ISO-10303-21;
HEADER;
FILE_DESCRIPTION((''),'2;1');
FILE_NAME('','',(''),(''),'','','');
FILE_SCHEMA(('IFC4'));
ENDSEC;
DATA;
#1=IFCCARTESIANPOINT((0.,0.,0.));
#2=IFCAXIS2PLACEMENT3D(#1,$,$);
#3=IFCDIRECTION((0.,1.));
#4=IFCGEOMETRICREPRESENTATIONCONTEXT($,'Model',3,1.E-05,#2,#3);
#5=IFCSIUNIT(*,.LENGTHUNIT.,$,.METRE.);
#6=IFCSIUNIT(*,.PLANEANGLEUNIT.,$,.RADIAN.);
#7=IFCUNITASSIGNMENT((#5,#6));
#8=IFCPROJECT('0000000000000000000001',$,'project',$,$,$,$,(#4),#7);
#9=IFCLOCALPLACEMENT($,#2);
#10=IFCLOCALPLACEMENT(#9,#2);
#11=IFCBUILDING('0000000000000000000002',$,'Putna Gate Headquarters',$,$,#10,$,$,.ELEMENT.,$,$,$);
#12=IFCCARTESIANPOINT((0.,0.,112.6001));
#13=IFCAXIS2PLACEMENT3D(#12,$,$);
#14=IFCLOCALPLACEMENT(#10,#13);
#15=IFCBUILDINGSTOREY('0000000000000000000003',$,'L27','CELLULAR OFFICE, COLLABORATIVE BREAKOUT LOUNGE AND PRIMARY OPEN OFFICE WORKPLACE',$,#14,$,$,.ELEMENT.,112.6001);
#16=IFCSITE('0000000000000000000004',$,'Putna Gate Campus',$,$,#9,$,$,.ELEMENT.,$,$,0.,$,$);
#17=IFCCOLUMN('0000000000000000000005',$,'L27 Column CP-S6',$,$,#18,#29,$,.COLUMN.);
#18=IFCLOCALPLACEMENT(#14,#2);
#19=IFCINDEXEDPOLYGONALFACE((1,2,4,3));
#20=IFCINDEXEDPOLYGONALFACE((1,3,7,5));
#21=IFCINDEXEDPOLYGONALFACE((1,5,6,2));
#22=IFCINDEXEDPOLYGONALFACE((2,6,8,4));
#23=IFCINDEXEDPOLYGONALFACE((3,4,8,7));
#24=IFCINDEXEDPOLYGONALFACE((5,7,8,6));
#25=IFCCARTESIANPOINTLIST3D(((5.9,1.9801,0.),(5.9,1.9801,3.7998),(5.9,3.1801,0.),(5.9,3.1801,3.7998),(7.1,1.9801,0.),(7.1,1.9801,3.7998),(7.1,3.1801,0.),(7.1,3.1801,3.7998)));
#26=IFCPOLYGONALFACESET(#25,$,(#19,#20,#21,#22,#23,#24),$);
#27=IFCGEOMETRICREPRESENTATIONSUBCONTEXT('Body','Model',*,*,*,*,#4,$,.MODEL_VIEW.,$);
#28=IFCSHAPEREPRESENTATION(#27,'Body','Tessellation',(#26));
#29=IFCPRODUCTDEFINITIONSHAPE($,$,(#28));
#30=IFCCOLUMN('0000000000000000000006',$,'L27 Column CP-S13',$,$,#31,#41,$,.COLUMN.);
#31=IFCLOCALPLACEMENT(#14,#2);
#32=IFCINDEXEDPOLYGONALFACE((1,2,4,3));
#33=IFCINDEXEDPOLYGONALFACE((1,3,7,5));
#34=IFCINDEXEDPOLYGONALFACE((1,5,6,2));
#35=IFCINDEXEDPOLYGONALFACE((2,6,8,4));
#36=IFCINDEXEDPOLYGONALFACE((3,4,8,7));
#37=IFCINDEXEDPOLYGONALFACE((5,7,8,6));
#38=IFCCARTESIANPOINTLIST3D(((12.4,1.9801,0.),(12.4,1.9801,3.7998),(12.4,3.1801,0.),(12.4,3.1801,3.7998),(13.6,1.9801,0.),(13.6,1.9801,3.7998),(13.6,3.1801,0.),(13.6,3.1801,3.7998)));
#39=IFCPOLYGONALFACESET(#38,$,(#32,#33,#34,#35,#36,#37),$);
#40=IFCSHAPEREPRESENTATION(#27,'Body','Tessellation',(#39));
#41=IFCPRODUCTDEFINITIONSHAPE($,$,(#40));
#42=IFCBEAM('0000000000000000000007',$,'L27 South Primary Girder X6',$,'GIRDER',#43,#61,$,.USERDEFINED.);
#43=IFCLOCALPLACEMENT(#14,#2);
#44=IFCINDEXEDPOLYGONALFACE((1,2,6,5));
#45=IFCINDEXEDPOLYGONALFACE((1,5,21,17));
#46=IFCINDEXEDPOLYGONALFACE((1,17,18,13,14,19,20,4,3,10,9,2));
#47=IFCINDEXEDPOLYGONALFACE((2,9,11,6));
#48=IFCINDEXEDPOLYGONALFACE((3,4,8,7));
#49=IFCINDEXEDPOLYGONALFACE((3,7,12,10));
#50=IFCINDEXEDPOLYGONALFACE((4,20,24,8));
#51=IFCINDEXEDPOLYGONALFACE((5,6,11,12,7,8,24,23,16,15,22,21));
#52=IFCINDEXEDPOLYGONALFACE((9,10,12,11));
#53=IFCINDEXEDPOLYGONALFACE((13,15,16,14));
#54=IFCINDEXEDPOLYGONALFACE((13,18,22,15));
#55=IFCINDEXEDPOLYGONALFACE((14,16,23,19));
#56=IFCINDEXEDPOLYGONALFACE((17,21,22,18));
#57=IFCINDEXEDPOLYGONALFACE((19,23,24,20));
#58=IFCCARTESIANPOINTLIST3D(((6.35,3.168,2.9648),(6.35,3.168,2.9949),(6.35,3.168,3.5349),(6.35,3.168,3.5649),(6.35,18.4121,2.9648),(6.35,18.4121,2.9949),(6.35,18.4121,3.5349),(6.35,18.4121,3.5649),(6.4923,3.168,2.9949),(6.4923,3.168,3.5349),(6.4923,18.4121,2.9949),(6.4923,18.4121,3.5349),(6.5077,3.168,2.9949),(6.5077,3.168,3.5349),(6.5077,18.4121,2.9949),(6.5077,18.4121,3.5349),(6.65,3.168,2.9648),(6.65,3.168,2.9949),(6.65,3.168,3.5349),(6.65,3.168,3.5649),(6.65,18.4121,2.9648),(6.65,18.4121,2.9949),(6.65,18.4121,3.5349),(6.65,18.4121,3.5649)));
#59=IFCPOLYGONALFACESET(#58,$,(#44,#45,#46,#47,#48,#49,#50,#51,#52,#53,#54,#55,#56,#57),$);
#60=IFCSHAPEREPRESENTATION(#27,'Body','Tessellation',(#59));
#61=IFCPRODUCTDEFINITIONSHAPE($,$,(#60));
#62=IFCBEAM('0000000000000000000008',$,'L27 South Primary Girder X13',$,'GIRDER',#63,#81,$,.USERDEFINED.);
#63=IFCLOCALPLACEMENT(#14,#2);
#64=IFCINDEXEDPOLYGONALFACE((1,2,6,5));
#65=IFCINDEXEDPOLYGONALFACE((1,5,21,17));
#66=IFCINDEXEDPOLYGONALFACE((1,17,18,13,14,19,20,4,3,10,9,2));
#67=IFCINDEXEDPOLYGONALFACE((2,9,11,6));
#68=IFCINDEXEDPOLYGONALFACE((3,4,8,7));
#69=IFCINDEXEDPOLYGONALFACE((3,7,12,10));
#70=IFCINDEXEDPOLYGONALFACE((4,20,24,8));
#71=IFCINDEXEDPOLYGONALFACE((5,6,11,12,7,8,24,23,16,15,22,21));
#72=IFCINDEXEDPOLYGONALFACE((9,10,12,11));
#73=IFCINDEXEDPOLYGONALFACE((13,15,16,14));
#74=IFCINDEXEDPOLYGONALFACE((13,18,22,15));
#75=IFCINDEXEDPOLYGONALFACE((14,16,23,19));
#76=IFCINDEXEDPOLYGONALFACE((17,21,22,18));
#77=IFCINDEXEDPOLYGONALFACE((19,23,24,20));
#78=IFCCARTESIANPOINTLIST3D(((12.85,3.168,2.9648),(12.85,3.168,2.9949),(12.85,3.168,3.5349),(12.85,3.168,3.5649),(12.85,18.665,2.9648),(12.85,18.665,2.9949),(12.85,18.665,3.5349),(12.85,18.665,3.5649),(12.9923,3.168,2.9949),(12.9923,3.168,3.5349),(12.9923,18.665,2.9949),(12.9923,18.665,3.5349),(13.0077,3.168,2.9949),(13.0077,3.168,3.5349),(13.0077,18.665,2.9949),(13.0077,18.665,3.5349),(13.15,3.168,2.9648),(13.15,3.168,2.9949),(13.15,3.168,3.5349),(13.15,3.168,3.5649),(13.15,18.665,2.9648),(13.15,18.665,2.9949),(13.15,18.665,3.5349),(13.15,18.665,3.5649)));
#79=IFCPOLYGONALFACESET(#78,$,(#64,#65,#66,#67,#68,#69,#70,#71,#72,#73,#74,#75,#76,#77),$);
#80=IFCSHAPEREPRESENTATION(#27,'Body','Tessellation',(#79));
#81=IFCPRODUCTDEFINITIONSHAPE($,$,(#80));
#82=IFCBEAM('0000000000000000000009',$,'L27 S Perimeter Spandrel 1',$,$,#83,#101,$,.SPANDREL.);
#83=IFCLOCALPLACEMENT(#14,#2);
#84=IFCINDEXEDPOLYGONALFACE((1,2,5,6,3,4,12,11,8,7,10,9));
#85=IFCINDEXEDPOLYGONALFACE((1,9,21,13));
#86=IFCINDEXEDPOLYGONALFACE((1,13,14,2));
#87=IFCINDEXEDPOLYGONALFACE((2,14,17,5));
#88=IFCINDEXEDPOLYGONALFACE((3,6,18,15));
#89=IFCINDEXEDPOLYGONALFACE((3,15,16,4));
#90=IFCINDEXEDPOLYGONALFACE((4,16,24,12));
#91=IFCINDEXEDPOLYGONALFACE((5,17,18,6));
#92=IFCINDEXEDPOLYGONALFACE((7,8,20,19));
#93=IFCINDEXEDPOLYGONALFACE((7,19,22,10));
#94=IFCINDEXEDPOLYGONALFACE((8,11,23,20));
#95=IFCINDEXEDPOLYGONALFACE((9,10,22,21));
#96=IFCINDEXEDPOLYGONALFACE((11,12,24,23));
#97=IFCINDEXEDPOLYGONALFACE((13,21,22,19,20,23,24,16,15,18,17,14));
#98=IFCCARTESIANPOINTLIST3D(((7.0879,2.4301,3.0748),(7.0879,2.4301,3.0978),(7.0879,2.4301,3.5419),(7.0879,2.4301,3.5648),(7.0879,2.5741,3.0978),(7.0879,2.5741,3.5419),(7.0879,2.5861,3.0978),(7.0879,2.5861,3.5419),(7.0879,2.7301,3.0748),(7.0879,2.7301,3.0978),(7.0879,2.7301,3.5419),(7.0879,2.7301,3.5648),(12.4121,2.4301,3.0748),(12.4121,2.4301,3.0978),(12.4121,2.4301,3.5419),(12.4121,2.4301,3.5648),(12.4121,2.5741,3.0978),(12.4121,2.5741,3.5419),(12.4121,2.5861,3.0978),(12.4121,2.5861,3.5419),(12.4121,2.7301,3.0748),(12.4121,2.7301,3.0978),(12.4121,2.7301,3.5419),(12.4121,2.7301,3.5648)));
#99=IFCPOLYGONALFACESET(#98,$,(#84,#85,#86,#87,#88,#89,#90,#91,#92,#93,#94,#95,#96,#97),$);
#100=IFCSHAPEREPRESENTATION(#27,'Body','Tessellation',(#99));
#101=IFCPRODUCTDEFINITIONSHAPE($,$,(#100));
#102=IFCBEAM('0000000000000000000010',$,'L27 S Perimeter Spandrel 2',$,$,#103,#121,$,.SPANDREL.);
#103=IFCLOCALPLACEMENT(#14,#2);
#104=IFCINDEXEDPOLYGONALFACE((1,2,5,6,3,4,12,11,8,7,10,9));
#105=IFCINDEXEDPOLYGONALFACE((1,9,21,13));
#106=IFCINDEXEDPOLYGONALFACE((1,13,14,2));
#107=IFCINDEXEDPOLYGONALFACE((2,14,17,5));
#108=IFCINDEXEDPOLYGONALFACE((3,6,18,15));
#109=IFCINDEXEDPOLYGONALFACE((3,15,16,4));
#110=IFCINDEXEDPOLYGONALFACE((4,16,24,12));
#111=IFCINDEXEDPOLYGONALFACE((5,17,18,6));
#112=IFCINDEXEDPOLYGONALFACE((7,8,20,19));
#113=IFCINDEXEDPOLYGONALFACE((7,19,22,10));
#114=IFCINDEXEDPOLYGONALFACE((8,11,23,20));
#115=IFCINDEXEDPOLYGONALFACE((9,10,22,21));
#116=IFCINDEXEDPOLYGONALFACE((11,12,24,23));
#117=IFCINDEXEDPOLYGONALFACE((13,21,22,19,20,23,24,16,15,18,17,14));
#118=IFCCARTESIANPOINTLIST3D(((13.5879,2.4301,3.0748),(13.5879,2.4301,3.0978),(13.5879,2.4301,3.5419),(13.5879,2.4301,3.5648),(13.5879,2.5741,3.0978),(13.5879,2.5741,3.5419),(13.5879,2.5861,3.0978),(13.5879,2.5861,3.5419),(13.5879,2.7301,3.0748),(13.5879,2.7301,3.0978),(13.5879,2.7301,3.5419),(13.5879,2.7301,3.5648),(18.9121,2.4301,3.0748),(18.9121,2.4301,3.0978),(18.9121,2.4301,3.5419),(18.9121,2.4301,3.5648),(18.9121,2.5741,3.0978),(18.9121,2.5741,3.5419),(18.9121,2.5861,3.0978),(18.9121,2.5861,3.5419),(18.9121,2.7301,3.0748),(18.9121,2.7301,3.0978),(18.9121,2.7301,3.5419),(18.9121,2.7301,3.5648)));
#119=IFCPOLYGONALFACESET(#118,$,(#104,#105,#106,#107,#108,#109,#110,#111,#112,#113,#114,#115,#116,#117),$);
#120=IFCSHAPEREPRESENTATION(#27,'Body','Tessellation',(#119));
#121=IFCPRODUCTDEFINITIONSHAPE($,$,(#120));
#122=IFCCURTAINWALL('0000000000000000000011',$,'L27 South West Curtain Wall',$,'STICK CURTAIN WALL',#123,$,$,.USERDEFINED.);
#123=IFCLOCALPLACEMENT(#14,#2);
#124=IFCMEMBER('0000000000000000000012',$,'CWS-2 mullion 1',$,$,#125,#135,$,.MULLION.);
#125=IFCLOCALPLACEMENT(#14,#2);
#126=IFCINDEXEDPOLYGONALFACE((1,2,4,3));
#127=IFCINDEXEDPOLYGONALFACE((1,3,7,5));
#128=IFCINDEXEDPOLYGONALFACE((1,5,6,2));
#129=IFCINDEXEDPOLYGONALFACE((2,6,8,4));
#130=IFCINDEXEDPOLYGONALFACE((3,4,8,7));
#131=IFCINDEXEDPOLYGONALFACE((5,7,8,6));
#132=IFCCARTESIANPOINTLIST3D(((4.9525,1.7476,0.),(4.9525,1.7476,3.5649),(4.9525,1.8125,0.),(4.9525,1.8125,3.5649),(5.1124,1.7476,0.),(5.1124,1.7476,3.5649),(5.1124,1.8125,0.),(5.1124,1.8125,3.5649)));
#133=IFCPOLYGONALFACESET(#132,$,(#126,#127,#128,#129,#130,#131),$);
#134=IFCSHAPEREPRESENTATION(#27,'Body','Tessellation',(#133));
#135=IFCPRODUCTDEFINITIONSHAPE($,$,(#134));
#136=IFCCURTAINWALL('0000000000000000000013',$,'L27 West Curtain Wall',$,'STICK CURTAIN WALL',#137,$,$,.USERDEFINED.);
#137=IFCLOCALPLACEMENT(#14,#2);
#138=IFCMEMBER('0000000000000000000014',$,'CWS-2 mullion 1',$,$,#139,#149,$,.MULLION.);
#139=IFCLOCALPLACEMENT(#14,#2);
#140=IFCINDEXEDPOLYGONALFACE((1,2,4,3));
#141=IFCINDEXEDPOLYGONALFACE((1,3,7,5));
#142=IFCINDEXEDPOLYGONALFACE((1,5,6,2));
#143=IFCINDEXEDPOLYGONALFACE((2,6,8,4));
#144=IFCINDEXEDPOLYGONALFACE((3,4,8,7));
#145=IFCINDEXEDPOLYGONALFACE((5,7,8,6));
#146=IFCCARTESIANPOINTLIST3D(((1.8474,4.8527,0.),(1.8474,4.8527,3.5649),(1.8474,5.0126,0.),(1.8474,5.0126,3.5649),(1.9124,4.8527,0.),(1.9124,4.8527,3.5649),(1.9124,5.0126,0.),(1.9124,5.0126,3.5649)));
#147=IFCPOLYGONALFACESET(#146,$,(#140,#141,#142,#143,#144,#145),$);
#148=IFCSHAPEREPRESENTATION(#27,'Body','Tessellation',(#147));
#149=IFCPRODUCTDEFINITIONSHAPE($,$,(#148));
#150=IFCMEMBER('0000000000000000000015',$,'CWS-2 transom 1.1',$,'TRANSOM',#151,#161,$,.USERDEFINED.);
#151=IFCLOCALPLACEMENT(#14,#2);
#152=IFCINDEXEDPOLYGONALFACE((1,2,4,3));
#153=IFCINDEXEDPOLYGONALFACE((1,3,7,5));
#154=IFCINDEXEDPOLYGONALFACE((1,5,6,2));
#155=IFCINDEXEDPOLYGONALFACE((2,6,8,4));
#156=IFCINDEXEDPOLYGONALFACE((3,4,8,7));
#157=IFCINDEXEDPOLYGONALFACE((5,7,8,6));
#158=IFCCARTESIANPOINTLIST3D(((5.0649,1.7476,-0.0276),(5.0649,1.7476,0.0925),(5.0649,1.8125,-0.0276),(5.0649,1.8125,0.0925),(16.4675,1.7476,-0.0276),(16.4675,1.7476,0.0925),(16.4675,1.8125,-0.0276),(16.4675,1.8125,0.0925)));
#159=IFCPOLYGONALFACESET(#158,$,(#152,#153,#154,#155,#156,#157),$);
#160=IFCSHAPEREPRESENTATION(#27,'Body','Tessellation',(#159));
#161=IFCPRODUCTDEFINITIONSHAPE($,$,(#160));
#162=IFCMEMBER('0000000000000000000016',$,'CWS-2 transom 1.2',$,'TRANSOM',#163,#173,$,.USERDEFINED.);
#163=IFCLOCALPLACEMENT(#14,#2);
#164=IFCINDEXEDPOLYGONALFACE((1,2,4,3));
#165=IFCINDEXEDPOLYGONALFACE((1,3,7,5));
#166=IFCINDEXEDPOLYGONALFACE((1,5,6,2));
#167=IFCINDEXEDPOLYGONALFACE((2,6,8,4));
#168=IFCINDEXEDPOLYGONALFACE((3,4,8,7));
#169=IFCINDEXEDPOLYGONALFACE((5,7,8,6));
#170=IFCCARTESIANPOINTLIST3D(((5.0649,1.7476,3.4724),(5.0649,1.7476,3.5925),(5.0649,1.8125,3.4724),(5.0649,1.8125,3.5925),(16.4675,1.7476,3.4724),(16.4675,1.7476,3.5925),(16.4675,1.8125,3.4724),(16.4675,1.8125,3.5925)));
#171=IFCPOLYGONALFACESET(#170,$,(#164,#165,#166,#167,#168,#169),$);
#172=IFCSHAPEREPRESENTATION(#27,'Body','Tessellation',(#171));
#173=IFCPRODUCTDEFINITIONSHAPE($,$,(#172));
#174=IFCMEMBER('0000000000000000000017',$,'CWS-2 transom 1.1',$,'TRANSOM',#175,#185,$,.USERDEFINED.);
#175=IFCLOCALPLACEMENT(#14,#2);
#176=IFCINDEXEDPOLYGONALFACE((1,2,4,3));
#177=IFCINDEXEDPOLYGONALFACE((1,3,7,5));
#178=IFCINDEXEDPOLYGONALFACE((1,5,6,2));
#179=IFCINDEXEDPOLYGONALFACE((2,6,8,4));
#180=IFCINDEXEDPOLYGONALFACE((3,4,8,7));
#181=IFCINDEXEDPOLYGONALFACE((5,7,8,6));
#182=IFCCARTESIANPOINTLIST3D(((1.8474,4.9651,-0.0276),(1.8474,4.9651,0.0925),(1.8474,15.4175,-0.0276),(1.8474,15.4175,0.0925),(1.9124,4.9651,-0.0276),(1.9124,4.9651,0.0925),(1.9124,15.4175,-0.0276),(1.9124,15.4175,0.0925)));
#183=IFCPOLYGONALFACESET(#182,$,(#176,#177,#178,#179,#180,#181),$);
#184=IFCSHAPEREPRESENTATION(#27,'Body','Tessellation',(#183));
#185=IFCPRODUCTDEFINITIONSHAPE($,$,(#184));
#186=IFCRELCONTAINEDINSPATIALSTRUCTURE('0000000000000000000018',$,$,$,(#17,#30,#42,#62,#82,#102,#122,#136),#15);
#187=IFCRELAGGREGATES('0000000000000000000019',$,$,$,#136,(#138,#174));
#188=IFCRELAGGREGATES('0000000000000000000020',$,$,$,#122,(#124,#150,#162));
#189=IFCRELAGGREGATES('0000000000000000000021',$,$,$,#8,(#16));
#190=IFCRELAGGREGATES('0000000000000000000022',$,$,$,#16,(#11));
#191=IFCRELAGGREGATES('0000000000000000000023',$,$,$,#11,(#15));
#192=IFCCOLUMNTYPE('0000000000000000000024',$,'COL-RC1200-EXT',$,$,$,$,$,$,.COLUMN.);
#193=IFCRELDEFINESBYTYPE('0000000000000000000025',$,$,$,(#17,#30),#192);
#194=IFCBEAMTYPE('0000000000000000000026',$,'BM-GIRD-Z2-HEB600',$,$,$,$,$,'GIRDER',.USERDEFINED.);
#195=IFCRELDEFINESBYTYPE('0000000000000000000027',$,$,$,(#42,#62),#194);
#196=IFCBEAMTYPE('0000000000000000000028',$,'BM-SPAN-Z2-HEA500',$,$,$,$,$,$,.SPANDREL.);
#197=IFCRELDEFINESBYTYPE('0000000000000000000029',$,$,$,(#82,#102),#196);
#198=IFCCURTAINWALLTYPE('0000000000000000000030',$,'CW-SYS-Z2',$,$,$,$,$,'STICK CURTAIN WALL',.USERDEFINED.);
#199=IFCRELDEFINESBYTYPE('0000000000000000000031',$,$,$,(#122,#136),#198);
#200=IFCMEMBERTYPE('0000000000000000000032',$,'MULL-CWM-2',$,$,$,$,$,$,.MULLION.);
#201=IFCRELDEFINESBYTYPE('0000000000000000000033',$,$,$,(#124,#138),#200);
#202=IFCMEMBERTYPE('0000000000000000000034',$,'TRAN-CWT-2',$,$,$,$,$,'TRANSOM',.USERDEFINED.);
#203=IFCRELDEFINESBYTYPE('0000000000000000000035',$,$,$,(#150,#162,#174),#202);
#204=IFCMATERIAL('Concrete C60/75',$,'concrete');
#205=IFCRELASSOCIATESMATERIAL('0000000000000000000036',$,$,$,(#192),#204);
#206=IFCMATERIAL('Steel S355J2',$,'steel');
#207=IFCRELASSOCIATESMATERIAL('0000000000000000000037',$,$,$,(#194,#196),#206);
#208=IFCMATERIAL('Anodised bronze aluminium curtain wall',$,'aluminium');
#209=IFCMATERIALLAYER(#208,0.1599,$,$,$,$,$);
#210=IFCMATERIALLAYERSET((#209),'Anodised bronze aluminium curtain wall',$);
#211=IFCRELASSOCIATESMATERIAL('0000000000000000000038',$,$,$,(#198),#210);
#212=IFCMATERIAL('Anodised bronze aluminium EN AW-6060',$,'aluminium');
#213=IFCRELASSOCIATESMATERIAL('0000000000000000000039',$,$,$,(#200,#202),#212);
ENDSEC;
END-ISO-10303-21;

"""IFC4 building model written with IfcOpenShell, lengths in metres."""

from ifc_helpers import new_model, si_unit, direction, frame, origin, origin_2d, place, context, subcontext, project, spatial, rectangle, i_section, extrude, material, layer, layer_set, material_profile, profile_set, type_object, element, aggregate, save


model = new_model("IFC4")

# Units and contexts
model_context = context("Model", 3, precision=1e-05, world=origin(), true_north=direction((0.0, 1.0)))
body_context = subcontext(model_context, "Body", "Model", "MODEL_VIEW")
ifc_project = project(units=[si_unit("LENGTHUNIT", "METRE"), si_unit("PLANEANGLEUNIT", "RADIAN")], contexts=[model_context])

# Site, building, storey
site_placement = place(None, origin())
site = spatial("IfcSite", under=ifc_project, at=site_placement, Name="Putna Gate Campus", CompositionType="ELEMENT", RefElevation=0.0)
building_placement = place(site_placement, origin())
building = spatial("IfcBuilding", under=site, at=building_placement, Name="Putna Gate Headquarters", CompositionType="ELEMENT")
storey_placement = place(building_placement, frame((0.0, 0.0, 112.6001)))
storey = spatial("IfcBuildingStorey", under=building, at=storey_placement, Name="L27", Description="CELLULAR OFFICE, COLLABORATIVE BREAKOUT LOUNGE AND PRIMARY OPEN OFFICE WORKPLACE", CompositionType="ELEMENT", Elevation=112.6001)

# Columns
ifc_material_1 = material(Name="Concrete C60/75", Category="concrete")
ifc_material_profile_1 = material_profile(ifc_material_1, rectangle(XDim=1.2, YDim=1.2, at=origin_2d()), Name="Concrete C60/75")
ifc_profile_set_1 = profile_set([ifc_material_profile_1], Name="Concrete C60/75")
column_type = type_object("IfcColumnType", Name="COL-RC1200-EXT", PredefinedType="COLUMN", material=ifc_profile_set_1)
for number, where, z_axis, x_axis, name in (
    (1, (6.5, 2.5801, 0.0), (0.0, 0.0, 1.0), (1.0, 0.0, 0.0), "L27 Column CP-S6"),
    (2, (13.0, 2.5801, 0.0), (0.0, 0.0, 1.0), (1.0, 0.0, 0.0), "L27 Column CP-S13"),
):
    element("IfcColumn", number, at=place(storey_placement, frame(where, z_axis=z_axis, x_axis=x_axis)), inside=storey, type_object=column_type, Name=name, PredefinedType="COLUMN", context=body_context, shape_type="SweptSolid", body=[
        extrude(rectangle(XDim=1.2, YDim=1.2, at=origin_2d()), origin(), (0.0, 0.0, 1.0), 3.7998),
    ])

# Beams
ifc_material_2 = material(Name="Steel S355J2", Category="steel")
ifc_material_profile_2 = material_profile(ifc_material_2, i_section(OverallWidth=0.3, OverallDepth=0.6001, WebThickness=0.0154, FlangeThickness=0.03, at=origin_2d()), Name="Steel S355J2")
ifc_profile_set_2 = profile_set([ifc_material_profile_2], Name="Steel S355J2")
beam_type_1 = type_object("IfcBeamType", Name="BM-GIRD-Z2-HEB600", ElementType="GIRDER", PredefinedType="USERDEFINED", material=ifc_profile_set_2)
beam_1_placement = place(storey_placement, frame((6.5, 3.168, 3.2649), z_axis=(0.0, 1.0, 0.0), x_axis=(-1.0, 0.0, 0.0)))
element("IfcBeam", 3, at=beam_1_placement, inside=storey, type_object=beam_type_1, Name="L27 South Primary Girder X6", ObjectType="GIRDER", PredefinedType="USERDEFINED", context=body_context, shape_type="SweptSolid", body=[
    extrude(i_section(OverallWidth=0.3, OverallDepth=0.6001, WebThickness=0.0154, FlangeThickness=0.03, at=origin_2d()), origin(), (0.0, 0.0, 1.0), 15.2441),
])
beam_2_placement = place(storey_placement, frame((13.0, 3.168, 3.2649), z_axis=(0.0, 1.0, 0.0), x_axis=(-1.0, 0.0, 0.0)))
element("IfcBeam", 4, at=beam_2_placement, inside=storey, type_object=beam_type_1, Name="L27 South Primary Girder X13", ObjectType="GIRDER", PredefinedType="USERDEFINED", context=body_context, shape_type="SweptSolid", body=[
    extrude(i_section(OverallWidth=0.3, OverallDepth=0.6001, WebThickness=0.0154, FlangeThickness=0.03, at=origin_2d()), origin(), (0.0, 0.0, 1.0), 15.4971),
])
ifc_material_profile_3 = material_profile(ifc_material_2, i_section(OverallWidth=0.3, OverallDepth=0.49, WebThickness=0.012, FlangeThickness=0.0229, at=origin_2d()), Name="Steel S355J2")
ifc_profile_set_3 = profile_set([ifc_material_profile_3], Name="Steel S355J2")
beam_type_2 = type_object("IfcBeamType", Name="BM-SPAN-Z2-HEA500", PredefinedType="SPANDREL", material=ifc_profile_set_3)
for number, where, z_axis, x_axis, name in (
    (5, (7.0879, 2.5801, 3.3198), (1.0, 0.0, 0.0), (0.0, 1.0, 0.0), "L27 S Perimeter Spandrel 1"),
    (6, (13.5879, 2.5801, 3.3198), (1.0, 0.0, 0.0), (0.0, 1.0, 0.0), "L27 S Perimeter Spandrel 2"),
):
    element("IfcBeam", number, at=place(storey_placement, frame(where, z_axis=z_axis, x_axis=x_axis)), inside=storey, type_object=beam_type_2, Name=name, PredefinedType="SPANDREL", context=body_context, shape_type="SweptSolid", body=[
        extrude(i_section(OverallWidth=0.3, OverallDepth=0.49, WebThickness=0.012, FlangeThickness=0.0229, at=origin_2d()), origin(), (0.0, 0.0, 1.0), 5.3242),
    ])

# Curtain walls, members
ifc_material_3 = material(Name="Anodised bronze aluminium curtain wall", Category="aluminium")
ifc_layer_1 = layer(ifc_material_3, 0.1599)
ifc_layer_set_1 = layer_set([ifc_layer_1], Name="Anodised bronze aluminium curtain wall")
curtain_wall_type = type_object("IfcCurtainWallType", Name="CW-SYS-Z2", ElementType="STICK CURTAIN WALL", PredefinedType="USERDEFINED", material=ifc_layer_set_1)
curtain_wall_1_placement = place(storey_placement, origin())
curtain_wall_1 = element("IfcCurtainWall", 7, at=curtain_wall_1_placement, inside=storey, type_object=curtain_wall_type, Name="L27 South West Curtain Wall", ObjectType="STICK CURTAIN WALL", PredefinedType="USERDEFINED")
ifc_material_4 = material(Name="Anodised bronze aluminium EN AW-6060", Category="aluminium")
ifc_material_profile_4 = material_profile(ifc_material_4, rectangle(XDim=0.0649, YDim=0.1599, at=origin_2d()), Name="Anodised bronze aluminium EN AW-6060")
ifc_profile_set_4 = profile_set([ifc_material_profile_4], Name="Anodised bronze aluminium EN AW-6060")
member_type_1 = type_object("IfcMemberType", Name="MULL-CWM-2", PredefinedType="MULLION", material=ifc_profile_set_4)
member_1_placement = place(storey_placement, frame((5.0325, 1.78, 0.0), z_axis=(0.0, 0.0, 1.0), x_axis=(0.0, 1.0, 0.0)))
member_1 = element("IfcMember", 8, at=member_1_placement, type_object=member_type_1, Name="CWS-2 mullion 1", PredefinedType="MULLION", context=body_context, shape_type="SweptSolid", body=[
    extrude(rectangle(XDim=0.0649, YDim=0.1599, at=origin_2d()), origin(), (0.0, 0.0, 1.0), 3.5649),
])
curtain_wall_2_placement = place(storey_placement, origin())
curtain_wall_2 = element("IfcCurtainWall", 9, at=curtain_wall_2_placement, inside=storey, type_object=curtain_wall_type, Name="L27 West Curtain Wall", ObjectType="STICK CURTAIN WALL", PredefinedType="USERDEFINED")
member_2_placement = place(storey_placement, frame((1.8799, 4.9326, 0.0), z_axis=(0.0, 0.0, 1.0), x_axis=(-1.0, 0.0, 0.0)))
member_2 = element("IfcMember", 10, at=member_2_placement, type_object=member_type_1, Name="CWS-2 mullion 1", PredefinedType="MULLION", context=body_context, shape_type="SweptSolid", body=[
    extrude(rectangle(XDim=0.0649, YDim=0.1599, at=origin_2d()), origin(), (0.0, 0.0, 1.0), 3.5649),
])

# Members
ifc_material_profile_5 = material_profile(ifc_material_4, rectangle(XDim=0.0649, YDim=0.1201, at=origin_2d()), Name="Anodised bronze aluminium EN AW-6060")
ifc_profile_set_5 = profile_set([ifc_material_profile_5], Name="Anodised bronze aluminium EN AW-6060")
member_type_2 = type_object("IfcMemberType", Name="TRAN-CWT-2", ElementType="TRANSOM", PredefinedType="USERDEFINED", material=ifc_profile_set_5)
member_3_placement = place(storey_placement, frame((5.0649, 1.78, 0.0325), z_axis=(1.0, 0.0, 0.0), x_axis=(0.0, 1.0, 0.0)))
member_3 = element("IfcMember", 11, at=member_3_placement, type_object=member_type_2, Name="CWS-2 transom 1.1", ObjectType="TRANSOM", PredefinedType="USERDEFINED", context=body_context, shape_type="SweptSolid", body=[
    extrude(rectangle(XDim=0.0649, YDim=0.1201, at=origin_2d()), origin(), (0.0, 0.0, 1.0), 11.4026),
])
member_4_placement = place(storey_placement, frame((5.0649, 1.78, 3.5325), z_axis=(1.0, 0.0, 0.0), x_axis=(0.0, 1.0, 0.0)))
member_4 = element("IfcMember", 12, at=member_4_placement, type_object=member_type_2, Name="CWS-2 transom 1.2", ObjectType="TRANSOM", PredefinedType="USERDEFINED", context=body_context, shape_type="SweptSolid", body=[
    extrude(rectangle(XDim=0.0649, YDim=0.1201, at=origin_2d()), origin(), (0.0, 0.0, 1.0), 11.4026),
])
member_5_placement = place(storey_placement, frame((1.8799, 4.9651, 0.0325), z_axis=(0.0, 1.0, 0.0), x_axis=(-1.0, 0.0, 0.0)))
member_5 = element("IfcMember", 13, at=member_5_placement, type_object=member_type_2, Name="CWS-2 transom 1.1", ObjectType="TRANSOM", PredefinedType="USERDEFINED", context=body_context, shape_type="SweptSolid", body=[
    extrude(rectangle(XDim=0.0649, YDim=0.1201, at=origin_2d()), origin(), (0.0, 0.0, 1.0), 10.4524),
])
aggregate(curtain_wall_2, [member_2, member_5])

aggregate(curtain_wall_1, [member_1, member_3, member_4])

save(model, "model.ifc")
